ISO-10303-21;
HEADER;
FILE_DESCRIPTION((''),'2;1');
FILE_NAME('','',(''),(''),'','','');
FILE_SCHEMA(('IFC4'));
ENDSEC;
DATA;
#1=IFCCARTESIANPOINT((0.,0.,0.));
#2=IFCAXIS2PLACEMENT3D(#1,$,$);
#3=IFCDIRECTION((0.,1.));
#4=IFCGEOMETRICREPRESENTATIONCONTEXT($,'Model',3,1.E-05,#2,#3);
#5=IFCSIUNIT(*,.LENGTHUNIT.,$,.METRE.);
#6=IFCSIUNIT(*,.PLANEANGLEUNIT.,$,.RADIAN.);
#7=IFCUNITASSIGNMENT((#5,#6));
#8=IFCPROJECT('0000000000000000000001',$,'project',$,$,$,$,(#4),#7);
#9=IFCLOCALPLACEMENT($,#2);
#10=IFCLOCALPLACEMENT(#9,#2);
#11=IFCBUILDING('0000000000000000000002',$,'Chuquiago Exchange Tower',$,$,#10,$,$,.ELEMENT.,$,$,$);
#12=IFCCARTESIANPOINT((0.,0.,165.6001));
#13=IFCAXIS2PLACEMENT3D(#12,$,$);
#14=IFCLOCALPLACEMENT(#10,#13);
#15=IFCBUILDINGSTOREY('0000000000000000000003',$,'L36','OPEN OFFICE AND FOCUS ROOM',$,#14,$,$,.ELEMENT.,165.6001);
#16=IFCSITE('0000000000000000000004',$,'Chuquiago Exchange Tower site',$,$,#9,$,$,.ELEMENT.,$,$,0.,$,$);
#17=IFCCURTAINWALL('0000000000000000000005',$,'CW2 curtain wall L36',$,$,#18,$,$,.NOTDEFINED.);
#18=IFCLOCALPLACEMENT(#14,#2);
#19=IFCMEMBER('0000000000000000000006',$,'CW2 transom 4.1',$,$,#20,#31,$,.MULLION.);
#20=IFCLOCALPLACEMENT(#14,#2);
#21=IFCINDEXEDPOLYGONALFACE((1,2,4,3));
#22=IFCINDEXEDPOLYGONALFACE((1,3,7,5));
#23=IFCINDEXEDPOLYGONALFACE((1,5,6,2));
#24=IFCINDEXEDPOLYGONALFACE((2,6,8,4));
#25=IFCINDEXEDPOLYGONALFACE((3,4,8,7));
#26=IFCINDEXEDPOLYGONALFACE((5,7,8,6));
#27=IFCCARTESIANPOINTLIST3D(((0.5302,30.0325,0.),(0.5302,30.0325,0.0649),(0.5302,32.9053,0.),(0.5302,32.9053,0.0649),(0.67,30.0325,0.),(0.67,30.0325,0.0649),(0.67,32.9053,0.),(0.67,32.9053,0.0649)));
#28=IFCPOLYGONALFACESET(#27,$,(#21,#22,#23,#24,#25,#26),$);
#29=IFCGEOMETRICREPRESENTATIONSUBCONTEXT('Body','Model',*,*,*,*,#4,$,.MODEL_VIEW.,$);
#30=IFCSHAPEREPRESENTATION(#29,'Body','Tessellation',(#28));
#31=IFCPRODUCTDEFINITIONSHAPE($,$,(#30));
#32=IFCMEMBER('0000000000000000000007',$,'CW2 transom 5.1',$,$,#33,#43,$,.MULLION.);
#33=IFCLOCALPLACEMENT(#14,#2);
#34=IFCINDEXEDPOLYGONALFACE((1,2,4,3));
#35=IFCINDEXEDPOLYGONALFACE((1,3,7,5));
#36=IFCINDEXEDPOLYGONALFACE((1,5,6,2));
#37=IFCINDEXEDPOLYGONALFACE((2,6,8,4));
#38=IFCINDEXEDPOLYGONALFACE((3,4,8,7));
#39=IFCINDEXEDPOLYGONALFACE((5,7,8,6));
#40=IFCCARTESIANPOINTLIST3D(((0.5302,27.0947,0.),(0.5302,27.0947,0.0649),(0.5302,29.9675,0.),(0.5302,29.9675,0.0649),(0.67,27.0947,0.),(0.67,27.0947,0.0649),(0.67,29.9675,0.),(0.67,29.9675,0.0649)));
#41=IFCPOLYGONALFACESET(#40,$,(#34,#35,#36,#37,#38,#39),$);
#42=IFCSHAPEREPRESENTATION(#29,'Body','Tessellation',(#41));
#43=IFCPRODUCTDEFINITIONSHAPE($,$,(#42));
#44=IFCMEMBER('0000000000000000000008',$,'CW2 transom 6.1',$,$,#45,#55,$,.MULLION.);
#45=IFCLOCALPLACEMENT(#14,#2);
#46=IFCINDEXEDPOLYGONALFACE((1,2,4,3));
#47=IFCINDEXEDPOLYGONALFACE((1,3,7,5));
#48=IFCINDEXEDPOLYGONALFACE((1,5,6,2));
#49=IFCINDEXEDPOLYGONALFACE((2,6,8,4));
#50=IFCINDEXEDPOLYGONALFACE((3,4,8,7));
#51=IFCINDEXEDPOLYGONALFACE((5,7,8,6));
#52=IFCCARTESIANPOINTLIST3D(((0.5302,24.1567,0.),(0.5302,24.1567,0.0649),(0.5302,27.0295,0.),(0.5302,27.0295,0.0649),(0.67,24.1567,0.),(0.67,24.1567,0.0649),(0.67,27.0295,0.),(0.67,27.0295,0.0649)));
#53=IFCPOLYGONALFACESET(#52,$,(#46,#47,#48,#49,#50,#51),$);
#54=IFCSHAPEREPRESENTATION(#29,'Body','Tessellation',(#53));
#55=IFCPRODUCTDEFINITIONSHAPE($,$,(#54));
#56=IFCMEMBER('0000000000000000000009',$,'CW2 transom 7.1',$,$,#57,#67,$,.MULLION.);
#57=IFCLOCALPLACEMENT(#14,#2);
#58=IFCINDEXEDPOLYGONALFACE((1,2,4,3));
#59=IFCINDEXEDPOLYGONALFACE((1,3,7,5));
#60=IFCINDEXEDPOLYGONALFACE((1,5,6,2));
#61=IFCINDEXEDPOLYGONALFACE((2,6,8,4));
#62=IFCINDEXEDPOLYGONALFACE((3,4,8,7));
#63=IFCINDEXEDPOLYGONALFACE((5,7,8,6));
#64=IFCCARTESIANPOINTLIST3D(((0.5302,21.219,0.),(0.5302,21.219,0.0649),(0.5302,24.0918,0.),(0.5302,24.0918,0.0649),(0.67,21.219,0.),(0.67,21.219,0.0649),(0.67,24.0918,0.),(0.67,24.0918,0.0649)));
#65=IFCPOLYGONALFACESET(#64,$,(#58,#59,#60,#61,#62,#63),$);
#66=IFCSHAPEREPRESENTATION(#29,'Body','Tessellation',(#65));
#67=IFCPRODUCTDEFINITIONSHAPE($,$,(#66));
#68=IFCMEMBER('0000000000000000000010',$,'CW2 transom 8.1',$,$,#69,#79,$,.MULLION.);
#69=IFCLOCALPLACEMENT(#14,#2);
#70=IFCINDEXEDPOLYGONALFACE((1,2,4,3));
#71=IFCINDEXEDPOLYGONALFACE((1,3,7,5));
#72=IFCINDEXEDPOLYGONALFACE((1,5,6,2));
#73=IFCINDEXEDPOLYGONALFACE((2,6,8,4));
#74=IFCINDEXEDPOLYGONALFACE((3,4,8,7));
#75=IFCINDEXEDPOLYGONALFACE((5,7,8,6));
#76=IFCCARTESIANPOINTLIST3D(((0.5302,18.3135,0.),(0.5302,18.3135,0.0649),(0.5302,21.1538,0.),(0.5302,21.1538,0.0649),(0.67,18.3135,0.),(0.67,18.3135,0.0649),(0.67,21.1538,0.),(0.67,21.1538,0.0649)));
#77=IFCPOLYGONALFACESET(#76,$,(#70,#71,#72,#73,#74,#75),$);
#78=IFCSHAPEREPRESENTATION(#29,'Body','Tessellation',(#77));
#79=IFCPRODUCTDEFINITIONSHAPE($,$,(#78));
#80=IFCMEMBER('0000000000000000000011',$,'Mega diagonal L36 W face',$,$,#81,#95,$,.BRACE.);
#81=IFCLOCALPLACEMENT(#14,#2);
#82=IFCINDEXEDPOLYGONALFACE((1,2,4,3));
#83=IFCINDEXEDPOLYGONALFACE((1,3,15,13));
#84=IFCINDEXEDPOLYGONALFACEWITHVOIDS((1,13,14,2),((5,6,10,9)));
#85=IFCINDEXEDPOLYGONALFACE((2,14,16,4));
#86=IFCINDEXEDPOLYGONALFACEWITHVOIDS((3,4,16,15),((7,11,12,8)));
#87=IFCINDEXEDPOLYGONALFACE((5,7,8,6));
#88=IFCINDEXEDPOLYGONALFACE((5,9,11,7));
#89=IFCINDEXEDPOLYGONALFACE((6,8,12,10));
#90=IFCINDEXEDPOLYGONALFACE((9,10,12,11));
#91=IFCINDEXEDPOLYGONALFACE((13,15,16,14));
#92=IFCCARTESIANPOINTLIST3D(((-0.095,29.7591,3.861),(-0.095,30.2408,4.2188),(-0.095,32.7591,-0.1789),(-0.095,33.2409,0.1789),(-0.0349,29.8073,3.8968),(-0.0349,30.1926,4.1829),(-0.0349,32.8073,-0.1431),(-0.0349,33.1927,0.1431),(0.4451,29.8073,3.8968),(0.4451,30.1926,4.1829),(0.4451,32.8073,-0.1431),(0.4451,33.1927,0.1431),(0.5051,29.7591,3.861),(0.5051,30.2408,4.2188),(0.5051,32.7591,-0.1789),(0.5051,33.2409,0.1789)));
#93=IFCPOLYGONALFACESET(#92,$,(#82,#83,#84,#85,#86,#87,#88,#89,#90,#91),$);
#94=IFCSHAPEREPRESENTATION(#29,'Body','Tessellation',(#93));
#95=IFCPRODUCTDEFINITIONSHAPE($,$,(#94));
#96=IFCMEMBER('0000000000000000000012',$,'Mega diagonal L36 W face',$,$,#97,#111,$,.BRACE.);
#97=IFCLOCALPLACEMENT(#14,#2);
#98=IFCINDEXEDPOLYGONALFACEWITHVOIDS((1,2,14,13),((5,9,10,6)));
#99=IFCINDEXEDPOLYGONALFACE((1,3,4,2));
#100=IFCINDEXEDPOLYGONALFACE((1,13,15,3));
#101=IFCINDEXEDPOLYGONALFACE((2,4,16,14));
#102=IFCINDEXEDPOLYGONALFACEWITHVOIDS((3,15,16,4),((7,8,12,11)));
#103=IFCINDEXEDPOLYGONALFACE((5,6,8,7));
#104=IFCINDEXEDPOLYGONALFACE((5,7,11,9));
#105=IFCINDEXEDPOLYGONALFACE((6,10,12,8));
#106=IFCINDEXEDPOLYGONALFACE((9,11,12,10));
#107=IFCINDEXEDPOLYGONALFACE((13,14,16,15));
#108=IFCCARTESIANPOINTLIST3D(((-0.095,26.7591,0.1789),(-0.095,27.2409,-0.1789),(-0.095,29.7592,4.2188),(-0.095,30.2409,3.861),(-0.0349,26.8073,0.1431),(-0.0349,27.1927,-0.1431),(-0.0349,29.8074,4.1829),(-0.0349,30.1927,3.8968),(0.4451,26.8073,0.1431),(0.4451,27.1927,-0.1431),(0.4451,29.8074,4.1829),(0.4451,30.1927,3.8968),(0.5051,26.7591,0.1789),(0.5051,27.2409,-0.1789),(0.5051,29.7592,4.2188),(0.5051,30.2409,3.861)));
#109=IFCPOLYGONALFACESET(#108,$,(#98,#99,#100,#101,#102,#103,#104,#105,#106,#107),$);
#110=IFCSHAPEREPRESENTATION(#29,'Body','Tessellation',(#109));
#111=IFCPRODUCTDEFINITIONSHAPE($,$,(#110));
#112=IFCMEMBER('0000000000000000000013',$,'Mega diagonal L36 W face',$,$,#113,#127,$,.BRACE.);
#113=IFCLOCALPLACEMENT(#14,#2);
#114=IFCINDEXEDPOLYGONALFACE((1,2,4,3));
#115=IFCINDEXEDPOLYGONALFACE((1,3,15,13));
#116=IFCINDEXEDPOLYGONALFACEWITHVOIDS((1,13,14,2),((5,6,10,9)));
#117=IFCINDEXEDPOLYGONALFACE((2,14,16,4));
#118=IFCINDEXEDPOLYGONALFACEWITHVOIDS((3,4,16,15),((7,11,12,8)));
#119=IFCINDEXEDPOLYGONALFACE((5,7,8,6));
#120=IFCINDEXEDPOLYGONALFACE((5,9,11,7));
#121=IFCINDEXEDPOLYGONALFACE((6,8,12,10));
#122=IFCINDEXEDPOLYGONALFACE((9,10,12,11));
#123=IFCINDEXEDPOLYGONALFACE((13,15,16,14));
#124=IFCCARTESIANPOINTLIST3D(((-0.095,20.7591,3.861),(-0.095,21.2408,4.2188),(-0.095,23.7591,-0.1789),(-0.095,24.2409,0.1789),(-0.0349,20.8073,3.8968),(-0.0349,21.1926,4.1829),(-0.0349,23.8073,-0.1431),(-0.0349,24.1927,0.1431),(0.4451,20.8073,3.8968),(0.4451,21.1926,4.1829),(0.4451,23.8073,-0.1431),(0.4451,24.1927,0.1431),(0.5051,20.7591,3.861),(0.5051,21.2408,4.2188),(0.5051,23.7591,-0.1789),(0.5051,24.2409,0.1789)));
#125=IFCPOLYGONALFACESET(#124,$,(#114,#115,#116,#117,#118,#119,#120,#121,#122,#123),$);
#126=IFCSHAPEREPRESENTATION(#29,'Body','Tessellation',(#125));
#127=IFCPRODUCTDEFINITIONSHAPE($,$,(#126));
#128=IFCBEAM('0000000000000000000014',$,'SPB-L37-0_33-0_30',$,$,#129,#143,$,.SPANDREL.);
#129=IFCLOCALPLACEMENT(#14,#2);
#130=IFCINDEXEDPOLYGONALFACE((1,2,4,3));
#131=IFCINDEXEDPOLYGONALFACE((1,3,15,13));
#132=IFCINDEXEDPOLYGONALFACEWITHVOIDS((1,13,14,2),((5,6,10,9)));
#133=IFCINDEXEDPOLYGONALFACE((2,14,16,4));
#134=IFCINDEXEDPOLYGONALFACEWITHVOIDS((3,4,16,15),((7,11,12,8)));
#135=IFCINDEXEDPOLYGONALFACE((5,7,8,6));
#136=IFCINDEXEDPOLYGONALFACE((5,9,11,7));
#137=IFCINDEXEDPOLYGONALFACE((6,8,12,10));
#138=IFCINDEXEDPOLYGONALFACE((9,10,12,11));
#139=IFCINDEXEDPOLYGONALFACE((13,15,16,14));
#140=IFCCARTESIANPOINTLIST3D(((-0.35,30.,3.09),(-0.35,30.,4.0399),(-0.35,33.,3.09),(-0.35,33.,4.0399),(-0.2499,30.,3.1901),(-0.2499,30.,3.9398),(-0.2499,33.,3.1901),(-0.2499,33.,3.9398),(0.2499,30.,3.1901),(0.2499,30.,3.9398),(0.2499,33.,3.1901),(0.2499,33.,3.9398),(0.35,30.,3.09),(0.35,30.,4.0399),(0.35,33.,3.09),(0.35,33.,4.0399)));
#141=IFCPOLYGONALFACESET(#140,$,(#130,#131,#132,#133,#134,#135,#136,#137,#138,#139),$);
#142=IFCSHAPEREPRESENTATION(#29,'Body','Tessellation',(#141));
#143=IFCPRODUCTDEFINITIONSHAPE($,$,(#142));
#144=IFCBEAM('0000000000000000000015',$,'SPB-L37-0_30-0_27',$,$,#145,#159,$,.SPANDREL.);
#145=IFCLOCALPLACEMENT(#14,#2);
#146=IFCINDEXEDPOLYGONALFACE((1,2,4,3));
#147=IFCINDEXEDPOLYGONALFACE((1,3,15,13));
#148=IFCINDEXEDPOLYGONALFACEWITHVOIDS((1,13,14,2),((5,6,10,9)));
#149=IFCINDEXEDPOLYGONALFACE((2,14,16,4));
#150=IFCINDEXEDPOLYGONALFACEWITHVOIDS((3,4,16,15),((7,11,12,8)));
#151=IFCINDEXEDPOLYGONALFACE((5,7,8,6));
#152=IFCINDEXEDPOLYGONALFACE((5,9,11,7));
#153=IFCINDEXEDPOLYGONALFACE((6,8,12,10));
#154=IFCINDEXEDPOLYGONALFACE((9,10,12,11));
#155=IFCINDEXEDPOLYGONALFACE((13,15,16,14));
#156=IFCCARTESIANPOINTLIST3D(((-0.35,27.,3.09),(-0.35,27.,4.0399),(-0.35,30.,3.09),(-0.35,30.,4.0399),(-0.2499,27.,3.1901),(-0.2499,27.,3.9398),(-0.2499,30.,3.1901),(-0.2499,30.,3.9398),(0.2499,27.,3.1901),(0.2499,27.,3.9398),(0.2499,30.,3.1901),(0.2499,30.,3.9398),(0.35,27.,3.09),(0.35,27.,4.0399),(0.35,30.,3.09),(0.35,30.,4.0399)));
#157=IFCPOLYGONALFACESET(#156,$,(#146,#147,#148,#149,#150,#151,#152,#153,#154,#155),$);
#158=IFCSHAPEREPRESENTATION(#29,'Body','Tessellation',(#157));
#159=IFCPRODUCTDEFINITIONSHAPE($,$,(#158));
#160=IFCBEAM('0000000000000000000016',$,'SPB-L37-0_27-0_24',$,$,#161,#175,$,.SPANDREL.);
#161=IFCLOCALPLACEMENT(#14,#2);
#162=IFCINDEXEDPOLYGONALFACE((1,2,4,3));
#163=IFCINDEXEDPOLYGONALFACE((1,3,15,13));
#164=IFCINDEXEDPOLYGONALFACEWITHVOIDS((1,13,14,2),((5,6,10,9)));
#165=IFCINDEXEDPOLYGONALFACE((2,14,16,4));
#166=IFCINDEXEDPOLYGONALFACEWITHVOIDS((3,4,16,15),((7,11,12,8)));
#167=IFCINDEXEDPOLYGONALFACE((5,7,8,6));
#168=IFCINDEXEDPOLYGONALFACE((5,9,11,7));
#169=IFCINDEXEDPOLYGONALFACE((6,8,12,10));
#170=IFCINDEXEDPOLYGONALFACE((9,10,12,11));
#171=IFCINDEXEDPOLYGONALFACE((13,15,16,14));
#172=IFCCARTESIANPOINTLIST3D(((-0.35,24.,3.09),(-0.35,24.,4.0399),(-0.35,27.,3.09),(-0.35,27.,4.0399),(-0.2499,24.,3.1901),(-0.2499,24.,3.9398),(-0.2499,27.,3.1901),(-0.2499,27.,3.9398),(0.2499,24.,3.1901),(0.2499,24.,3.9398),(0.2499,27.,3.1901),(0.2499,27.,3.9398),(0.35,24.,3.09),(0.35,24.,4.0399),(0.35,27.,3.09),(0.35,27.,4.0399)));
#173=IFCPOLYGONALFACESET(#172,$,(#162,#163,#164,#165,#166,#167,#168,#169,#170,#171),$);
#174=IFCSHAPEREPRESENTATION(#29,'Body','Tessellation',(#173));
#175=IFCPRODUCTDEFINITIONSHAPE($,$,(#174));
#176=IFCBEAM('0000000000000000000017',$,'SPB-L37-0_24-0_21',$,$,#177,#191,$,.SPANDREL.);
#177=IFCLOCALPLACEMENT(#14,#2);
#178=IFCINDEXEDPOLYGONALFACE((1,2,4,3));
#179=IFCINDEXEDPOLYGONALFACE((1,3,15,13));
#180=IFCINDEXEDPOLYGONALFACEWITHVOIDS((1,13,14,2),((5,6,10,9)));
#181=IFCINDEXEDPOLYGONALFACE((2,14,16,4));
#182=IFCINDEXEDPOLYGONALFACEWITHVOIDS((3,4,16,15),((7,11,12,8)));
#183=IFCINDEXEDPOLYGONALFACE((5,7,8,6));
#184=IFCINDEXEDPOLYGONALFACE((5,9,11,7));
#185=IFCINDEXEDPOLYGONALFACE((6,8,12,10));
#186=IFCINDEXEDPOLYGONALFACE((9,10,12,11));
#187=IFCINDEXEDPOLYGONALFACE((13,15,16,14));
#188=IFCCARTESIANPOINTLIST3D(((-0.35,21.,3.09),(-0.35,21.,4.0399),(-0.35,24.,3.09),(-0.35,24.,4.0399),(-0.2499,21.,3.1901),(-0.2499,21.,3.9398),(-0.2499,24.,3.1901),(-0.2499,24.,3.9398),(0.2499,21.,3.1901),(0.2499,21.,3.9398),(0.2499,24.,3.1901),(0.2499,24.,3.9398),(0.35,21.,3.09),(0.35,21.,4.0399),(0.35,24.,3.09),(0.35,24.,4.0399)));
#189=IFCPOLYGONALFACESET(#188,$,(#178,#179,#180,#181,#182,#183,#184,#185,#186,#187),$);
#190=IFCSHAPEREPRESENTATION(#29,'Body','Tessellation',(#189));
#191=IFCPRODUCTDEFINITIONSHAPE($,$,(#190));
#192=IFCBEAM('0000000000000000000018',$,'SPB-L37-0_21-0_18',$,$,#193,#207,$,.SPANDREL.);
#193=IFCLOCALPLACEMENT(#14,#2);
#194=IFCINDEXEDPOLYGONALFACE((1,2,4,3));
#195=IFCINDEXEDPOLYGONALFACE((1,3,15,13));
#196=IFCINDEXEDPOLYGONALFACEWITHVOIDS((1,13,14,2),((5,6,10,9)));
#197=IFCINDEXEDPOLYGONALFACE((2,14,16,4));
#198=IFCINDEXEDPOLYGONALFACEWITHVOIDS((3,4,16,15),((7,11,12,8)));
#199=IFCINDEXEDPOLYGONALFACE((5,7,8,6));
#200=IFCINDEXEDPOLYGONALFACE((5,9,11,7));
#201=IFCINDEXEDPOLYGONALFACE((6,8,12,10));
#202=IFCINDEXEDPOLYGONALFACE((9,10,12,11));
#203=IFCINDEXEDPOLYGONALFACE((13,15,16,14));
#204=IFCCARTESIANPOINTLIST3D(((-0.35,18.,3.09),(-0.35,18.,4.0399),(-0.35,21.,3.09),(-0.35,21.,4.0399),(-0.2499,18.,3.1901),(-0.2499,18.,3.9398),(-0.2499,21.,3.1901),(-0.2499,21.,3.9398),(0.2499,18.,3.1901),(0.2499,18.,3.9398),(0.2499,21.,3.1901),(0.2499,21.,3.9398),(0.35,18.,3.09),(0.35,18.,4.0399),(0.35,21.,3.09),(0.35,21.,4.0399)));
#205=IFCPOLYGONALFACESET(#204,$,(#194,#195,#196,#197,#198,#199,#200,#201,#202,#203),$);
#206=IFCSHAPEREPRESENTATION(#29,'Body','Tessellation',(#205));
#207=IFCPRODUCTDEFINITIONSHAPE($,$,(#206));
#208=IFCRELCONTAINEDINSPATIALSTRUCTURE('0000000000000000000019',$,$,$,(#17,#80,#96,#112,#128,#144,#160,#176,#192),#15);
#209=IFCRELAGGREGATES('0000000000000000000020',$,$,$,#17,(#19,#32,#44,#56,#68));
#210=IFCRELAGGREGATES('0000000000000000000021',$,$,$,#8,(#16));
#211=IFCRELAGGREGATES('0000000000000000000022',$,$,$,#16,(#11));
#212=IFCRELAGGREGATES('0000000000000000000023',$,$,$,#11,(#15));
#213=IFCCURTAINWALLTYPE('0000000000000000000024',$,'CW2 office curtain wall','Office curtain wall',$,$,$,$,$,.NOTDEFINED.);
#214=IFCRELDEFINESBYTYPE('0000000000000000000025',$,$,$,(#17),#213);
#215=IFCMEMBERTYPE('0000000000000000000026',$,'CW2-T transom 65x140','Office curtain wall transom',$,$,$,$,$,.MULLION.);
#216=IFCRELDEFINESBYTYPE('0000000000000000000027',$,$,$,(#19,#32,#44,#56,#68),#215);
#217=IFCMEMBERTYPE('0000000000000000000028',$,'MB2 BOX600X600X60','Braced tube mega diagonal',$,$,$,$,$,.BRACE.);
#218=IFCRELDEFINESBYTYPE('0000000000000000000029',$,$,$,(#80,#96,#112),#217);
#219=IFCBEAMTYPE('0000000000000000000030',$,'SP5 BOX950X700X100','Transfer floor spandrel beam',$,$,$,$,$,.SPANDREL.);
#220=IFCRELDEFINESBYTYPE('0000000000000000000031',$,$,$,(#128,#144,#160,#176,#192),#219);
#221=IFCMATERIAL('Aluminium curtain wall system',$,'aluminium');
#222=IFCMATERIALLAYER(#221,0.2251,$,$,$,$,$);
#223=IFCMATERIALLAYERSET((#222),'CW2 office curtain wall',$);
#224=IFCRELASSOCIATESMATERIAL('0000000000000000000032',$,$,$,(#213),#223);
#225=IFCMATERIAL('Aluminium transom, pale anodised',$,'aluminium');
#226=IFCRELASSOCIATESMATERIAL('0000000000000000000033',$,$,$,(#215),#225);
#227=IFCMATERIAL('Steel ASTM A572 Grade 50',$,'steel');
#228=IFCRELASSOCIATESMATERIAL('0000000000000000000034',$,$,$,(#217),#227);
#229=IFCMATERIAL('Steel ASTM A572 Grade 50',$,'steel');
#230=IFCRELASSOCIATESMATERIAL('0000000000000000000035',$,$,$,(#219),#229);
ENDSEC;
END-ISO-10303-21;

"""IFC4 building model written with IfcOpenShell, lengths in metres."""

from ifc_helpers import new_model, si_unit, direction, frame, origin, origin_2d, place, context, subcontext, project, spatial, rectangle, hollow_rectangle, extrude, material, layer, layer_set, material_profile, profile_set, type_object, element, aggregate, save


model = new_model("IFC4")

# Units and contexts
model_context = context("Model", 3, precision=1e-05, world=origin(), true_north=direction((0.0, 1.0)))
body_context = subcontext(model_context, "Body", "Model", "MODEL_VIEW")
ifc_project = project(units=[si_unit("LENGTHUNIT", "METRE"), si_unit("PLANEANGLEUNIT", "RADIAN")], contexts=[model_context])

# Site, building, storey
site_placement = place(None, origin())
site = spatial("IfcSite", under=ifc_project, at=site_placement, Name="Chuquiago Exchange Tower site", CompositionType="ELEMENT", RefElevation=0.0)
building_placement = place(site_placement, origin())
building = spatial("IfcBuilding", under=site, at=building_placement, Name="Chuquiago Exchange Tower", CompositionType="ELEMENT")
storey_placement = place(building_placement, frame((0.0, 0.0, 165.6001)))
storey = spatial("IfcBuildingStorey", under=building, at=storey_placement, Name="L36", Description="OPEN OFFICE AND FOCUS ROOM", CompositionType="ELEMENT", Elevation=165.6001)

# Curtain wall, members
ifc_material_1 = material(Name="Aluminium curtain wall system", Category="aluminium")
ifc_layer_1 = layer(ifc_material_1, 0.2251)
ifc_layer_set_1 = layer_set([ifc_layer_1], Name="CW2 office curtain wall")
curtain_wall_type = type_object("IfcCurtainWallType", Name="CW2 office curtain wall", Description="Office curtain wall", PredefinedType="NOTDEFINED", material=ifc_layer_set_1)
curtain_wall_placement = place(storey_placement, origin())
curtain_wall = element("IfcCurtainWall", 1, at=curtain_wall_placement, inside=storey, type_object=curtain_wall_type, Name="CW2 curtain wall L36", PredefinedType="NOTDEFINED")
ifc_material_2 = material(Name="Aluminium transom, pale anodised", Category="aluminium")
ifc_material_profile_1 = material_profile(ifc_material_2, rectangle(XDim=0.1399, YDim=0.0649, at=origin_2d()), Name="AL 140x65")
ifc_profile_set_1 = profile_set([ifc_material_profile_1], Name="Aluminium transom, pale anodised")
member_type_1 = type_object("IfcMemberType", Name="CW2-T transom 65x140", Description="Office curtain wall transom", PredefinedType="MULLION", material=ifc_profile_set_1)
member_1_placement = place(storey_placement, frame((0.6001, 32.9053, 0.0325), z_axis=(0.0, -1.0, 0.0), x_axis=(1.0, 0.0, 0.0)))
member_1 = element("IfcMember", 2, at=member_1_placement, type_object=member_type_1, Name="CW2 transom 4.1", PredefinedType="MULLION", context=body_context, shape_type="SweptSolid", body=[
    extrude(rectangle(XDim=0.1399, YDim=0.0649, at=origin_2d()), origin(), (0.0, 0.0, 1.0), 2.8728),
])
member_2_placement = place(storey_placement, frame((0.6001, 29.9675, 0.0325), z_axis=(0.0, -1.0, 0.0), x_axis=(1.0, 0.0, 0.0)))
member_2 = element("IfcMember", 3, at=member_2_placement, type_object=member_type_1, Name="CW2 transom 5.1", PredefinedType="MULLION", context=body_context, shape_type="SweptSolid", body=[
    extrude(rectangle(XDim=0.1399, YDim=0.0649, at=origin_2d()), origin(), (0.0, 0.0, 1.0), 2.8728),
])
member_3_placement = place(storey_placement, frame((0.6001, 27.0295, 0.0325), z_axis=(0.0, -1.0, 0.0), x_axis=(1.0, 0.0, 0.0)))
member_3 = element("IfcMember", 4, at=member_3_placement, type_object=member_type_1, Name="CW2 transom 6.1", PredefinedType="MULLION", context=body_context, shape_type="SweptSolid", body=[
    extrude(rectangle(XDim=0.1399, YDim=0.0649, at=origin_2d()), origin(), (0.0, 0.0, 1.0), 2.8728),
])
member_4_placement = place(storey_placement, frame((0.6001, 24.0918, 0.0325), z_axis=(0.0, -1.0, 0.0), x_axis=(1.0, 0.0, 0.0)))
member_4 = element("IfcMember", 5, at=member_4_placement, type_object=member_type_1, Name="CW2 transom 7.1", PredefinedType="MULLION", context=body_context, shape_type="SweptSolid", body=[
    extrude(rectangle(XDim=0.1399, YDim=0.0649, at=origin_2d()), origin(), (0.0, 0.0, 1.0), 2.8728),
])
member_5_placement = place(storey_placement, frame((0.6001, 21.1538, 0.0325), z_axis=(0.0, -1.0, 0.0), x_axis=(1.0, 0.0, 0.0)))
member_5 = element("IfcMember", 6, at=member_5_placement, type_object=member_type_1, Name="CW2 transom 8.1", PredefinedType="MULLION", context=body_context, shape_type="SweptSolid", body=[
    extrude(rectangle(XDim=0.1399, YDim=0.0649, at=origin_2d()), origin(), (0.0, 0.0, 1.0), 2.8403),
])

# Members
ifc_material_3 = material(Name="Steel ASTM A572 Grade 50", Category="steel")
ifc_material_profile_2 = material_profile(ifc_material_3, hollow_rectangle(XDim=0.6001, YDim=0.6001, WallThickness=0.0601, at=origin_2d()), Name="BOX600X600X60")
ifc_profile_set_2 = profile_set([ifc_material_profile_2], Name="Steel ASTM A572 Grade 50")
member_type_2 = type_object("IfcMemberType", Name="MB2 BOX600X600X60", Description="Braced tube mega diagonal", PredefinedType="BRACE", material=ifc_profile_set_2)
for number, where, z_axis, x_axis, name in (
    (7, (0.2051, 33.0, 0.0), (0.0, -0.596197, 0.802838), (1.0, 0.0, 0.0), "Mega diagonal L36 W face"),
    (8, (0.2051, 27.0, 0.0), (0.0, 0.596197, 0.802838), (-1.0, 0.0, 0.0), "Mega diagonal L36 W face"),
    (9, (0.2051, 24.0, 0.0), (0.0, -0.596197, 0.802838), (1.0, 0.0, 0.0), "Mega diagonal L36 W face"),
):
    element("IfcMember", number, at=place(storey_placement, frame(where, z_axis=z_axis, x_axis=x_axis)), inside=storey, type_object=member_type_2, Name=name, PredefinedType="BRACE", context=body_context, shape_type="SweptSolid", body=[
        extrude(hollow_rectangle(XDim=0.6001, YDim=0.6001, WallThickness=0.0601, at=origin_2d()), origin(), (0.0, 0.0, 1.0), 5.032),
    ])

# Beams
ifc_material_4 = material(Name="Steel ASTM A572 Grade 50", Category="steel")
ifc_material_profile_3 = material_profile(ifc_material_4, hollow_rectangle(XDim=0.7, YDim=0.95, WallThickness=0.1001, at=origin_2d()), Name="BOX950X700X100")
ifc_profile_set_3 = profile_set([ifc_material_profile_3], Name="Steel ASTM A572 Grade 50")
beam_type_1 = type_object("IfcBeamType", Name="SP5 BOX950X700X100", Description="Transfer floor spandrel beam", PredefinedType="SPANDREL", material=ifc_profile_set_3)
for number, where, z_axis, x_axis, name in (
    (10, (0.0, 33.0, 3.5649), (0.0, -1.0, 0.0), (1.0, 0.0, 0.0), "SPB-L37-0_33-0_30"),
    (11, (0.0, 30.0, 3.5649), (0.0, -1.0, 0.0), (1.0, 0.0, 0.0), "SPB-L37-0_30-0_27"),
    (12, (0.0, 27.0, 3.5649), (0.0, -1.0, 0.0), (1.0, 0.0, 0.0), "SPB-L37-0_27-0_24"),
    (13, (0.0, 24.0, 3.5649), (0.0, -1.0, 0.0), (1.0, 0.0, 0.0), "SPB-L37-0_24-0_21"),
    (14, (0.0, 21.0, 3.5649), (0.0, -1.0, 0.0), (1.0, 0.0, 0.0), "SPB-L37-0_21-0_18"),
):
    element("IfcBeam", number, at=place(storey_placement, frame(where, z_axis=z_axis, x_axis=x_axis)), inside=storey, type_object=beam_type_1, Name=name, PredefinedType="SPANDREL", context=body_context, shape_type="SweptSolid", body=[
        extrude(hollow_rectangle(XDim=0.7, YDim=0.95, WallThickness=0.1001, at=origin_2d()), origin(), (0.0, 0.0, 1.0), 3.0),
    ])

aggregate(curtain_wall, [member_1, member_2, member_3, member_4, member_5])

save(model, "model.ifc")
